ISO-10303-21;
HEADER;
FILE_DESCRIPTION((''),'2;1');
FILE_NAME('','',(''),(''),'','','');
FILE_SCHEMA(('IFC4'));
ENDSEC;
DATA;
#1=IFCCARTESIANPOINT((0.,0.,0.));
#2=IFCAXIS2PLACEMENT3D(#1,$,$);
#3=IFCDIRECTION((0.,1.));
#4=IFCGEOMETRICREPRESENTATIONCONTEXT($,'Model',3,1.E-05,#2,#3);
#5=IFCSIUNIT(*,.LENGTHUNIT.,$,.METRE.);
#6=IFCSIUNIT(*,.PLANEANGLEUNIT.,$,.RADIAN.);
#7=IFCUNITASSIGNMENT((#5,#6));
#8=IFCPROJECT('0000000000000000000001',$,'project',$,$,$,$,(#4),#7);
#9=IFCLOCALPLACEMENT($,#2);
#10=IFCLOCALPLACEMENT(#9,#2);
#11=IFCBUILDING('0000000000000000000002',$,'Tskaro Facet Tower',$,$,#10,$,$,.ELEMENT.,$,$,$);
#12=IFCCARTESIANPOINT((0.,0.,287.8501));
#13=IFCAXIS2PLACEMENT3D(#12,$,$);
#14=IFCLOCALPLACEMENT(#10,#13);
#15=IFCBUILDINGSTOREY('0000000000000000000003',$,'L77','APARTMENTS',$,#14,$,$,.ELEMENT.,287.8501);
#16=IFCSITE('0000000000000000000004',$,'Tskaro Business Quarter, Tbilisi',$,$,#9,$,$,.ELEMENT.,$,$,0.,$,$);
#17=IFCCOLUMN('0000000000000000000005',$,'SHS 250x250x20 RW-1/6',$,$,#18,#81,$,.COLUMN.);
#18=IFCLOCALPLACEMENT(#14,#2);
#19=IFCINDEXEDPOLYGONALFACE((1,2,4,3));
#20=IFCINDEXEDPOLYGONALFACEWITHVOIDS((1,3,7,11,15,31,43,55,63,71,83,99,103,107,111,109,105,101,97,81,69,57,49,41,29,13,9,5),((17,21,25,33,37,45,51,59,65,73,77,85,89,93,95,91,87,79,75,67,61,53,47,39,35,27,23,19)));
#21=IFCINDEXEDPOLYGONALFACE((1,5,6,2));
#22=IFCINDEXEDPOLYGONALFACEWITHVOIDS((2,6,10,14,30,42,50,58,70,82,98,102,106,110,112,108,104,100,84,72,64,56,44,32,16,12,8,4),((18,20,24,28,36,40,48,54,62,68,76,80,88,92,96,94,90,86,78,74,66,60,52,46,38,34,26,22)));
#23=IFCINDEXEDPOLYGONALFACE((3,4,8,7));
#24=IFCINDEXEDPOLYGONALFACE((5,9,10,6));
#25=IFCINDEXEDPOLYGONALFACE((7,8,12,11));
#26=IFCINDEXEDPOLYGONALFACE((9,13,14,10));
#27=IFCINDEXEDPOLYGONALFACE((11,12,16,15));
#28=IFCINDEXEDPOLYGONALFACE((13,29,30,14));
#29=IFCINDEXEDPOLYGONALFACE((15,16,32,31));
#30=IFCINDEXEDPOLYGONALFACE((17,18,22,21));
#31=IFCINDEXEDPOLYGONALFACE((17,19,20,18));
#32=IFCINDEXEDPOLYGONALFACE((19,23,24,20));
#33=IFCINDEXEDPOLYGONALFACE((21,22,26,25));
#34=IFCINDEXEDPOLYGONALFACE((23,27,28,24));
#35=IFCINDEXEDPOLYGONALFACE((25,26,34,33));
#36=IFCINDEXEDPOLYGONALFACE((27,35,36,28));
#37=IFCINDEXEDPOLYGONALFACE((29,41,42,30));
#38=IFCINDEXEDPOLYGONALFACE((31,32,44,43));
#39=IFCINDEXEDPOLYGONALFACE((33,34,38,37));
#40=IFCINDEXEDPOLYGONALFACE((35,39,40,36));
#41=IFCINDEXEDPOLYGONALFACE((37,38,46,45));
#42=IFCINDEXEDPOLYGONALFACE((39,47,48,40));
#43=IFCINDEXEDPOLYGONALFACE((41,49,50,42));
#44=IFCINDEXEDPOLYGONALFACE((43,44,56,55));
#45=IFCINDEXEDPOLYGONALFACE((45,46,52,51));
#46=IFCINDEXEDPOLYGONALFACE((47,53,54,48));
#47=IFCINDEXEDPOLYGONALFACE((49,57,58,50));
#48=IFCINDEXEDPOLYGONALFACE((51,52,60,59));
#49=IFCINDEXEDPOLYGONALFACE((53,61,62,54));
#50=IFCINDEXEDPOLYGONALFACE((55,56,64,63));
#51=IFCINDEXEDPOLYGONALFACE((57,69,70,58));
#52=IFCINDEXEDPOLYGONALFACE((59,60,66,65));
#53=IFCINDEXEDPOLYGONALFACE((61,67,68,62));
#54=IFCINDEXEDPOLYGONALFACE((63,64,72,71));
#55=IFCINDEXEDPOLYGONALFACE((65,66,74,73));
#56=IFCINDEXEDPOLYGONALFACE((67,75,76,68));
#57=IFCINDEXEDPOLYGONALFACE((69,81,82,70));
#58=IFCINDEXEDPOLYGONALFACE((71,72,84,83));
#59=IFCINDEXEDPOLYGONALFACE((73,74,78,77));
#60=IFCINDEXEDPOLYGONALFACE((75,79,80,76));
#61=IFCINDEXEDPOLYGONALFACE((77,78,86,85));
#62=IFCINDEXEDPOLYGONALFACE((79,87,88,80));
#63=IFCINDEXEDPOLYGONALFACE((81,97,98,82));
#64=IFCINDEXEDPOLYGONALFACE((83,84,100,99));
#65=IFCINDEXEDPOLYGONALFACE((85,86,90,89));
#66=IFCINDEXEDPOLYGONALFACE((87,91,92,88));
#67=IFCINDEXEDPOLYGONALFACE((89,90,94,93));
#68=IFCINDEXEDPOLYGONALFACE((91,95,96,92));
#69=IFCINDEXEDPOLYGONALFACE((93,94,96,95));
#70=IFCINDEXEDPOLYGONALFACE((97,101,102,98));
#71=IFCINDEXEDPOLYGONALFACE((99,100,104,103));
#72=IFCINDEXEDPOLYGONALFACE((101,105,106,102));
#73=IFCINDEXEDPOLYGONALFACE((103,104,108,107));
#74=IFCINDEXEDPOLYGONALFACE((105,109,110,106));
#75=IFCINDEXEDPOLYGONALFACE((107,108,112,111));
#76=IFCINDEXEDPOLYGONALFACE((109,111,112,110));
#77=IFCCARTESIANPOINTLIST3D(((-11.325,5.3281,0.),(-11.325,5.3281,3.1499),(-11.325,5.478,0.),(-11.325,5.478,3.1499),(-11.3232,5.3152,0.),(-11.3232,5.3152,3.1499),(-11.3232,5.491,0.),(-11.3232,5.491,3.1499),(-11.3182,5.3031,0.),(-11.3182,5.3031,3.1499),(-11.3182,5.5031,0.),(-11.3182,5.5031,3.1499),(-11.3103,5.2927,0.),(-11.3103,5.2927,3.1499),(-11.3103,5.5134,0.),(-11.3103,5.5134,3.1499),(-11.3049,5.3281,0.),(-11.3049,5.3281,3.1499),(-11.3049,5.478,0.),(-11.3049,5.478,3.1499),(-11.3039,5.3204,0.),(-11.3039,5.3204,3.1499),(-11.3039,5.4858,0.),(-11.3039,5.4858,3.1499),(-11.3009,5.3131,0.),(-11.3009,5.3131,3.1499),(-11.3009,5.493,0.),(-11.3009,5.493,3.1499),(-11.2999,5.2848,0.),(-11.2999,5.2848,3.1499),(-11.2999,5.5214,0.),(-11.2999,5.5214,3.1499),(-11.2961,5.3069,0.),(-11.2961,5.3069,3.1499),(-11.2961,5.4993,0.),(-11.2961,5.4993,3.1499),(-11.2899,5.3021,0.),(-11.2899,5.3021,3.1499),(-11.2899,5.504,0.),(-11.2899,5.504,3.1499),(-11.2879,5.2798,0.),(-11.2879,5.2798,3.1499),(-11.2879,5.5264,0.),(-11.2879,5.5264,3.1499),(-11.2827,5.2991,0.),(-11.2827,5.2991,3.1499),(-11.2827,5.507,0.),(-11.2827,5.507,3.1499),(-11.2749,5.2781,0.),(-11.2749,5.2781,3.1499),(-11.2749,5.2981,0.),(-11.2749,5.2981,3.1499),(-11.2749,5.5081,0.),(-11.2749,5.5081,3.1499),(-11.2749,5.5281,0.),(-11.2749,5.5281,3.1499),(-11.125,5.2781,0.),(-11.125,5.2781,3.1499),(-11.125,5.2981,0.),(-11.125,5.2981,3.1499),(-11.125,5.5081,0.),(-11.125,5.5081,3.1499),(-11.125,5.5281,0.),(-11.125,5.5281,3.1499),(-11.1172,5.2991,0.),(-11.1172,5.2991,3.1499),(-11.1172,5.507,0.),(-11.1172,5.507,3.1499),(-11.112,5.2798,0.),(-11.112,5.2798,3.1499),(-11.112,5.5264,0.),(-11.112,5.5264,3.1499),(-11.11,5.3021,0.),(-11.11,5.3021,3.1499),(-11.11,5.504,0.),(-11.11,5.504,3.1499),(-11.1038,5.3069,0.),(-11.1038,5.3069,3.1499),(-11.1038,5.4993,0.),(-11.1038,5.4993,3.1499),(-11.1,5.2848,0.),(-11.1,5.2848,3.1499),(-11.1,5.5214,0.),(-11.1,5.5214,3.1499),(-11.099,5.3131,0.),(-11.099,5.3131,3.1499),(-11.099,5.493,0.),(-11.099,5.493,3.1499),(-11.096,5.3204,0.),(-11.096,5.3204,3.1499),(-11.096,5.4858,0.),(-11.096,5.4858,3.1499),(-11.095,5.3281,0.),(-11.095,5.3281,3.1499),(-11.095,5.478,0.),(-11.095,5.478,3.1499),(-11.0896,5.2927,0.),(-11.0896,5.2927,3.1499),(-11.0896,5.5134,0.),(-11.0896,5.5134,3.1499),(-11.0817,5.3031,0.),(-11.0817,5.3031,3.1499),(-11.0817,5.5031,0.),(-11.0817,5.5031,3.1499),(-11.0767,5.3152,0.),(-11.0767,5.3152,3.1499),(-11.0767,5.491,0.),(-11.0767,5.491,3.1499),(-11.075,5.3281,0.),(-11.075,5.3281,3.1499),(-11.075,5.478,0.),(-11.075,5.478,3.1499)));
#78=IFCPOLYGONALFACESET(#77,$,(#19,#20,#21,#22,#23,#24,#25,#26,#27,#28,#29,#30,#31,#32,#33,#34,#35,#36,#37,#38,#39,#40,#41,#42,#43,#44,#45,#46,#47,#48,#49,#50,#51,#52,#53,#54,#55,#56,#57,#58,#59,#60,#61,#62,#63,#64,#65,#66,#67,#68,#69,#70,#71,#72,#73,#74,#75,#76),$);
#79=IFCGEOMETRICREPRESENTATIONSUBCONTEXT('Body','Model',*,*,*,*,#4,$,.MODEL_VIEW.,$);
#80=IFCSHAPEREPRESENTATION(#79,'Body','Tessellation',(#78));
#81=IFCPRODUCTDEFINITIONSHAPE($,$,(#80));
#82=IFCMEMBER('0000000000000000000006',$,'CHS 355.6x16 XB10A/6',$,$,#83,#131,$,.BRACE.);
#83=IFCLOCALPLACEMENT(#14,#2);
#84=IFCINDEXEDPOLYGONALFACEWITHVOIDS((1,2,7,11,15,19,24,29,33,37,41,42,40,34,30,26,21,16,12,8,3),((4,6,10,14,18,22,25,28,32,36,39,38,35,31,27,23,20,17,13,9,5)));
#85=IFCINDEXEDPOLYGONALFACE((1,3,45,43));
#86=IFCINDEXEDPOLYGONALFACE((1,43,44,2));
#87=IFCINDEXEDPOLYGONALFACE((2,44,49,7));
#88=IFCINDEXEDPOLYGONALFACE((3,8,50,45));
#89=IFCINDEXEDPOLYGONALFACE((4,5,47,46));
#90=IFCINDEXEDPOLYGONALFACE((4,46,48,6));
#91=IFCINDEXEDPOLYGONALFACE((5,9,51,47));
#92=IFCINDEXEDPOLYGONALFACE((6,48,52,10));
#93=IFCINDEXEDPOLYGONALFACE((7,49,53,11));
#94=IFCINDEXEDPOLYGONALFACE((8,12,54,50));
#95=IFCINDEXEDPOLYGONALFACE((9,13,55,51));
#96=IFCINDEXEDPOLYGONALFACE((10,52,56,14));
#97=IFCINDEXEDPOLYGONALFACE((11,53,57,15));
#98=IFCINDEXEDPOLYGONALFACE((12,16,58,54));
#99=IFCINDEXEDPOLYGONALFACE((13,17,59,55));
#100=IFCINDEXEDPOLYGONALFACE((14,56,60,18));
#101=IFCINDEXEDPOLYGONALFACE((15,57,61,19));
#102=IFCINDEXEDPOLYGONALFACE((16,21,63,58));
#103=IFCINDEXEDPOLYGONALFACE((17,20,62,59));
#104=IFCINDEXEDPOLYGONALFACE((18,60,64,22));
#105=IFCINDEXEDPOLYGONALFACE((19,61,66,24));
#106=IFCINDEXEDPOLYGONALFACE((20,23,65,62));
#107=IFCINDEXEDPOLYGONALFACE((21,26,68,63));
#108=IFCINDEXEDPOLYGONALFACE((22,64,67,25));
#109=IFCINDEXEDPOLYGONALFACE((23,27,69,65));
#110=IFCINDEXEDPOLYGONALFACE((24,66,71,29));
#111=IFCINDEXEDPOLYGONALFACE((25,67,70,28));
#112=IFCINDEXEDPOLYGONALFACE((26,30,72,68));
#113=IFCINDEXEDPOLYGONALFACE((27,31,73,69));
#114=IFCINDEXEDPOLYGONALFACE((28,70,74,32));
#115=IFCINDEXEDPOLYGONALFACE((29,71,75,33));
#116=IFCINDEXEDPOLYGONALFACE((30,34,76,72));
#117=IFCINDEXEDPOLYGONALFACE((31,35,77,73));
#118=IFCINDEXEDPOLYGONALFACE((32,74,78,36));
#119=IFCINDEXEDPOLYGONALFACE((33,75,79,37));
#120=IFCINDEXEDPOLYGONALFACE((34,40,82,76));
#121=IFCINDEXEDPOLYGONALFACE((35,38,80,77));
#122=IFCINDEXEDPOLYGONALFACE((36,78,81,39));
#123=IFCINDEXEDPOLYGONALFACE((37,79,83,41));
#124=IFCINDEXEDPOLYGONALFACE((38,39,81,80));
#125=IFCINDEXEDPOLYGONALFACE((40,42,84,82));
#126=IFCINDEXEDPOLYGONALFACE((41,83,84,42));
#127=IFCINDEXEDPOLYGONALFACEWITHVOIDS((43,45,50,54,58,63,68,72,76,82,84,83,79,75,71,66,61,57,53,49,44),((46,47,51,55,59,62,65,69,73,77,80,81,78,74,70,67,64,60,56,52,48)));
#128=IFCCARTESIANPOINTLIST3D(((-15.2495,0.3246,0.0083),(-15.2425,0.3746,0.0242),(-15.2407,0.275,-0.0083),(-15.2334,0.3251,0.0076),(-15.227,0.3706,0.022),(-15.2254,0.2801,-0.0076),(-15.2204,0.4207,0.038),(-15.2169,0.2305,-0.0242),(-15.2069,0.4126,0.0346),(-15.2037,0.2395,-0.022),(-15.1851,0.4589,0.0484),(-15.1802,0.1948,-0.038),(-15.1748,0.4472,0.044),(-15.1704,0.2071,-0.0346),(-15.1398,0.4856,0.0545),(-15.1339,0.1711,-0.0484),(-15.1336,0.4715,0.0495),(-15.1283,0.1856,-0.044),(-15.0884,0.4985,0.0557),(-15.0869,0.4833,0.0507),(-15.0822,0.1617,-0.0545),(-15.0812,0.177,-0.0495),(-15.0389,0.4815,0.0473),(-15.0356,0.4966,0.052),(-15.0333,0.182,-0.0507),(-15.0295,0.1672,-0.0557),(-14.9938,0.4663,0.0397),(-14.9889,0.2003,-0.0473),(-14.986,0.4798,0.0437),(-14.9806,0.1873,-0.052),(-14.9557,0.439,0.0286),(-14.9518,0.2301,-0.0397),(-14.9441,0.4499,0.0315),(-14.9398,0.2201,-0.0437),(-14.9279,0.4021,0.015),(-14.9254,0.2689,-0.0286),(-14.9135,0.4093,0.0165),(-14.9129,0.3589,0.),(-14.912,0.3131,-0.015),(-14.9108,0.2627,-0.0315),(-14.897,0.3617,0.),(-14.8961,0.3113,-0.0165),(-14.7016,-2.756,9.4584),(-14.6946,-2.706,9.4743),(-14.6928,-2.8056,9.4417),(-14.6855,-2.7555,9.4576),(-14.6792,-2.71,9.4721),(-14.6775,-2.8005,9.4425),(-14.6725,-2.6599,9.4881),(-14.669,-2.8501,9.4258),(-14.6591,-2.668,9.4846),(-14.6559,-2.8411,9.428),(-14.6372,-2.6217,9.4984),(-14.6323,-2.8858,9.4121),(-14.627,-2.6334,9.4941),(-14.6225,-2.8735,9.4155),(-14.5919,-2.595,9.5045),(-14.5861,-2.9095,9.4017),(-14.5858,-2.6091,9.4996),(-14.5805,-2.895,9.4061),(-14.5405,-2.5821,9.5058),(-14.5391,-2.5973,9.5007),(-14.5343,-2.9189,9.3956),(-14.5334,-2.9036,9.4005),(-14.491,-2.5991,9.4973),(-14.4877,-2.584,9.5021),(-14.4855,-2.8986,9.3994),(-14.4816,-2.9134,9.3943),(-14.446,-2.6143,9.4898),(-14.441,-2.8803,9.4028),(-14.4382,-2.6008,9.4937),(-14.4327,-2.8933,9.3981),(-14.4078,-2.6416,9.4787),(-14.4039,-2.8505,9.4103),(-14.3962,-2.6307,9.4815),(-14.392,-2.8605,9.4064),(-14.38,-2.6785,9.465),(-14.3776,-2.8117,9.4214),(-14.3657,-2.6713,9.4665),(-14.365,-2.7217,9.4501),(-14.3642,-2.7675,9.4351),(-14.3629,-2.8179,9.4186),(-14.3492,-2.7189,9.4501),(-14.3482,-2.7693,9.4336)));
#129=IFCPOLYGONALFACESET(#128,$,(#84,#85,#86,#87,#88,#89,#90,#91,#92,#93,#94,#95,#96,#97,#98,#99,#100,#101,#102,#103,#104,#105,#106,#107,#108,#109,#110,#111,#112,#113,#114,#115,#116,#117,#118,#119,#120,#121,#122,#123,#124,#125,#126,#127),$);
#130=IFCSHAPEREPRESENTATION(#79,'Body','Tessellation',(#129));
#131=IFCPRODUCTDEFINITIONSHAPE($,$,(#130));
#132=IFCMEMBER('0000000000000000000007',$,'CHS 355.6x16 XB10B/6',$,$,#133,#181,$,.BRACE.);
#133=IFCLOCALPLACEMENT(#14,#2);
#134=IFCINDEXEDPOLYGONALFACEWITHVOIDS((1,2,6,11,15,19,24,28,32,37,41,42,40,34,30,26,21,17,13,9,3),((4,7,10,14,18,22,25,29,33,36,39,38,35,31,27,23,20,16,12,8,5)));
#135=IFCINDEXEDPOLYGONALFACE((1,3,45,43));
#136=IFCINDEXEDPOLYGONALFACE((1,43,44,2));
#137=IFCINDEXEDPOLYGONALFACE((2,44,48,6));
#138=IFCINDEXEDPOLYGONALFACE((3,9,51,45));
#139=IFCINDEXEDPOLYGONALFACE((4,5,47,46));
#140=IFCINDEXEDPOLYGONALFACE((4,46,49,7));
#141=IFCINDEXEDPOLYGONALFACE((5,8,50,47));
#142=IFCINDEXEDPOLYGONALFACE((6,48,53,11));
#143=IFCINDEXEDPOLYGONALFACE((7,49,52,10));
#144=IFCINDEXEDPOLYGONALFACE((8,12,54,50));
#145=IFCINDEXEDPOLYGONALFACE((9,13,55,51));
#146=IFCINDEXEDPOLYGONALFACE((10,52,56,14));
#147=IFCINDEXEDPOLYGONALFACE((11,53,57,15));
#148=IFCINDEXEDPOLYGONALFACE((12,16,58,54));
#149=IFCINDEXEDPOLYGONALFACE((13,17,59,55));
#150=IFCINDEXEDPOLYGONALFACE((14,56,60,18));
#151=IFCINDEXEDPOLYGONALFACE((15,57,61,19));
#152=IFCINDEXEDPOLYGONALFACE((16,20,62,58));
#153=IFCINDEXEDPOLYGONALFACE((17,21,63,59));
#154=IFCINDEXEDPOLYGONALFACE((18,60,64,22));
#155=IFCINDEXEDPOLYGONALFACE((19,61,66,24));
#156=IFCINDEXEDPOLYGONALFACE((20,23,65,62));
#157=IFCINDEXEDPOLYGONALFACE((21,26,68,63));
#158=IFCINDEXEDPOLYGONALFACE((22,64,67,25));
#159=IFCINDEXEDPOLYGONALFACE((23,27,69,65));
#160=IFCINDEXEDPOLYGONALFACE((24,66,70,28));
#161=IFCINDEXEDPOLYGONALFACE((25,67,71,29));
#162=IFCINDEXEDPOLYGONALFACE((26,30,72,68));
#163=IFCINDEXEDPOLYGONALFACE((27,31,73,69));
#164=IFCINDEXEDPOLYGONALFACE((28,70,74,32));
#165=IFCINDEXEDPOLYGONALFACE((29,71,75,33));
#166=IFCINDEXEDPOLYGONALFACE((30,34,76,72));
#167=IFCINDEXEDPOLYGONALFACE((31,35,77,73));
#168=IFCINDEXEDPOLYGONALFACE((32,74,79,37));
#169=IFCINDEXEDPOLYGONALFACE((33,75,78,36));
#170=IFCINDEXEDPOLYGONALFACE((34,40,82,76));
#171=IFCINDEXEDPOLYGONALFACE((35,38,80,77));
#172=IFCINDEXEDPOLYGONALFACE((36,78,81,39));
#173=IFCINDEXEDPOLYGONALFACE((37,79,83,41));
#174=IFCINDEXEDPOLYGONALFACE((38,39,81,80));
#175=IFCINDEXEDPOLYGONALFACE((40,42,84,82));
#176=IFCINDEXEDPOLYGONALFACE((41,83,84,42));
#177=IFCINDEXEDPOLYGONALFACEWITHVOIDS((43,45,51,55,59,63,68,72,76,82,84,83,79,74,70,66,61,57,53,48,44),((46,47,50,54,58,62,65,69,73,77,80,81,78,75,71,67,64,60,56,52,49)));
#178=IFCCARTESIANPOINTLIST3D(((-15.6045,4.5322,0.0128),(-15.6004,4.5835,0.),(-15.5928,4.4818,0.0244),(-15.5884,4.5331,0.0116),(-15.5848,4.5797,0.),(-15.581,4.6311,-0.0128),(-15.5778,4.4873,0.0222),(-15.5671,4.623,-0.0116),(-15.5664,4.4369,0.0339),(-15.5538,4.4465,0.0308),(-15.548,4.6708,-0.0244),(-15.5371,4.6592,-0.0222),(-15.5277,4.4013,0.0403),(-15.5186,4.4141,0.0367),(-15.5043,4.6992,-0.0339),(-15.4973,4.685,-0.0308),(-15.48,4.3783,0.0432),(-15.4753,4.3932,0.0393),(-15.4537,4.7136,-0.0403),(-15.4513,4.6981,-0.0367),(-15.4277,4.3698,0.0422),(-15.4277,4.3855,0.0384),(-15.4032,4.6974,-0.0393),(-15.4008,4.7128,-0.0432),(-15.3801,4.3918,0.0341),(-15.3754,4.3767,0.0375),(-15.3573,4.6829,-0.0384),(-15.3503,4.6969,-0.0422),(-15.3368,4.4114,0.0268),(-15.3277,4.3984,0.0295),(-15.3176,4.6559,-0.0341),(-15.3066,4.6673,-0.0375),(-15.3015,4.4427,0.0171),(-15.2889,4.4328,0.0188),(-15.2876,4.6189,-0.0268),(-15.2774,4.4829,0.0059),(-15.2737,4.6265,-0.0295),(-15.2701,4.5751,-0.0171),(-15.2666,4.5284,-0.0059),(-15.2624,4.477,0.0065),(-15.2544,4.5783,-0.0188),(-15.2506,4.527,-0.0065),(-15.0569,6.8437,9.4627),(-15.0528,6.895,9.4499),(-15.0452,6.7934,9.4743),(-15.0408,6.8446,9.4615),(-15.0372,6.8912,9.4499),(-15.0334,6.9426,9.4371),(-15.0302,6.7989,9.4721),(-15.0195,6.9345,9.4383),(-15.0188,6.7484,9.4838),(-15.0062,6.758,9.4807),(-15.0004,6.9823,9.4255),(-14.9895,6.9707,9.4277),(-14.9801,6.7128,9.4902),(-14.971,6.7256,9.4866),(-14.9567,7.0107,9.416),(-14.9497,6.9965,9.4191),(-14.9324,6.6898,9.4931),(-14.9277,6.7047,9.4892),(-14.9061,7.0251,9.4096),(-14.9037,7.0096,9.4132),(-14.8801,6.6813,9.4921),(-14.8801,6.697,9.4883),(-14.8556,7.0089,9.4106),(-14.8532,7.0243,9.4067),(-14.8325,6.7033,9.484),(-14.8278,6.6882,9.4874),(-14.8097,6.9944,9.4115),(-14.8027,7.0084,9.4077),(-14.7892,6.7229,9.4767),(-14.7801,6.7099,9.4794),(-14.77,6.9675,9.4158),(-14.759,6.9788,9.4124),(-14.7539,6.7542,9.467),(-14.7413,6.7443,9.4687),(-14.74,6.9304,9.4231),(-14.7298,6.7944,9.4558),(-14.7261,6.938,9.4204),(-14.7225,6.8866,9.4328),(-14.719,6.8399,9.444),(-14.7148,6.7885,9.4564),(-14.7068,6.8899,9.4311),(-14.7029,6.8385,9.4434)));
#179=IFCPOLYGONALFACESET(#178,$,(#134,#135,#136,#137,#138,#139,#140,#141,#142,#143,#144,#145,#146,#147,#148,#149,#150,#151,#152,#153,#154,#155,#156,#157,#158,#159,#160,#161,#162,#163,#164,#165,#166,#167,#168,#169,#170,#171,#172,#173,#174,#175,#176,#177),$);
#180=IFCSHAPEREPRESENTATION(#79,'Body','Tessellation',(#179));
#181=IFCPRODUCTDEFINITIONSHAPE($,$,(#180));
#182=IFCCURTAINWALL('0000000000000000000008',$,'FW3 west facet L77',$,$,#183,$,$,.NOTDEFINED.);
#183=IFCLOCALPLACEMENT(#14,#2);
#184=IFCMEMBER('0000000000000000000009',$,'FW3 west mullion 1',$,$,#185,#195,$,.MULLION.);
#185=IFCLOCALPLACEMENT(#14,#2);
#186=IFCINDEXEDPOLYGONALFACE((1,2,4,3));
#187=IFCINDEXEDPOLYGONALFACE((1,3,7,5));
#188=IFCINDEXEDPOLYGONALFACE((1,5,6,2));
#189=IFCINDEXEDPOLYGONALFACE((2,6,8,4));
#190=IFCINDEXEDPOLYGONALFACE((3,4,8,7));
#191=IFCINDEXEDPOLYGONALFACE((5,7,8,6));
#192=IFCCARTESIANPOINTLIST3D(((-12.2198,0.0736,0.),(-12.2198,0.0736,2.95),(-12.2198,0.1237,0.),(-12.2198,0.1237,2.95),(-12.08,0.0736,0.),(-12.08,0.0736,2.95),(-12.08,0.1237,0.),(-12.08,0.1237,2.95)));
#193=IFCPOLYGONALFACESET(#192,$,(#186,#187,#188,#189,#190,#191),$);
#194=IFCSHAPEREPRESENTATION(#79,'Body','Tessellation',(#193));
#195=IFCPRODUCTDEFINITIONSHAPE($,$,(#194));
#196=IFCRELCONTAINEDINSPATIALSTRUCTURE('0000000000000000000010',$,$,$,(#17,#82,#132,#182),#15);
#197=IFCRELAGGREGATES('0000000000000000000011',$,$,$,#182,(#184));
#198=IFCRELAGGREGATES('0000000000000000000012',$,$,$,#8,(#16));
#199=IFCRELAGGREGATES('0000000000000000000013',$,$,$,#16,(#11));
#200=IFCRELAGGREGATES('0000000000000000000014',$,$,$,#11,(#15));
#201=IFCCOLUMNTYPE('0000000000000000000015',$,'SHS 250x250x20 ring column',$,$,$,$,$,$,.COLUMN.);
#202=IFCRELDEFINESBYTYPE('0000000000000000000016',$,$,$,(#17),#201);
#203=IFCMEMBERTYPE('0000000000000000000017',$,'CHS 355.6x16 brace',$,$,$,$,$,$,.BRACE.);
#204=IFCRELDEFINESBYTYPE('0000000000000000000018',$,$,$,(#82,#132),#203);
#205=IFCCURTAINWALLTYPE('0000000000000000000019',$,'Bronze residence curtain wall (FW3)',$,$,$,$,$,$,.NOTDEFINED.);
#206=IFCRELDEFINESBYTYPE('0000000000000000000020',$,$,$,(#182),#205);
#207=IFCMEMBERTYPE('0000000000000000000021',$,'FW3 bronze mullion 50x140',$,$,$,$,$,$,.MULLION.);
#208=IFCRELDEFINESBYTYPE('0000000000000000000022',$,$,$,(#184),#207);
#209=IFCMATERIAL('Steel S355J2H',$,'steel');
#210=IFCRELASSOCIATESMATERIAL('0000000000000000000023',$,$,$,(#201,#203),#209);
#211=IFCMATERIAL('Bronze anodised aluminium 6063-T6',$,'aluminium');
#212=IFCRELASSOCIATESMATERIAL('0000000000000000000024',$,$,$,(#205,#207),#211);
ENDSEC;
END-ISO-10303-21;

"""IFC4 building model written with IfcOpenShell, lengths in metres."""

from ifc_helpers import new_model, si_unit, direction, frame, origin, origin_2d, place, context, subcontext, project, spatial, rectangle, hollow_rectangle, hollow_circle, extrude, material, material_profile, profile_set, type_object, element, aggregate, save


model = new_model("IFC4")

# Units and contexts
model_context = context("Model", 3, precision=1e-05, world=origin(), true_north=direction((0.0, 1.0)))
body_context = subcontext(model_context, "Body", "Model", "MODEL_VIEW")
ifc_project = project(units=[si_unit("LENGTHUNIT", "METRE"), si_unit("PLANEANGLEUNIT", "RADIAN")], contexts=[model_context])

# Site, building, storey
site_placement = place(None, origin())
site = spatial("IfcSite", under=ifc_project, at=site_placement, Name="Tskaro Business Quarter, Tbilisi", CompositionType="ELEMENT", RefElevation=0.0)
building_placement = place(site_placement, origin())
building = spatial("IfcBuilding", under=site, at=building_placement, Name="Tskaro Facet Tower", CompositionType="ELEMENT")
storey_placement = place(building_placement, frame((0.0, 0.0, 287.8501)))
storey = spatial("IfcBuildingStorey", under=building, at=storey_placement, Name="L77", Description="APARTMENTS", CompositionType="ELEMENT", Elevation=287.8501)

# Column
ifc_material_1 = material(Name="Steel S355J2H", Category="steel")
ifc_material_profile_1 = material_profile(ifc_material_1, hollow_rectangle(XDim=0.25, YDim=0.25, WallThickness=0.02, InnerFilletRadius=0.03, OuterFilletRadius=0.05, at=origin_2d()), Name="SHS 250x250x20")
ifc_profile_set_1 = profile_set([ifc_material_profile_1], Name="Steel S355J2H")
column_type = type_object("IfcColumnType", Name="SHS 250x250x20 ring column", PredefinedType="COLUMN", material=ifc_profile_set_1)
column_placement = place(storey_placement, frame((-11.2, 5.4031, 0.0), z_axis=(0.0, 0.0, 1.0), x_axis=(1.0, 0.0, 0.0)))
element("IfcColumn", 1, at=column_placement, inside=storey, type_object=column_type, Name="SHS 250x250x20 RW-1/6", PredefinedType="COLUMN", context=body_context, shape_type="SweptSolid", body=[
    extrude(hollow_rectangle(XDim=0.25, YDim=0.25, WallThickness=0.02, InnerFilletRadius=0.03, OuterFilletRadius=0.05, at=origin_2d()), origin(), (0.0, 0.0, 1.0), 3.1499),
])

# Members
ifc_material_profile_2 = material_profile(ifc_material_1, hollow_circle(Radius=0.1777, WallThickness=0.0161, at=origin_2d()), Name="CHS 355.6x16")
ifc_profile_set_2 = profile_set([ifc_material_profile_2], Name="Steel S355J2H")
member_type_1 = type_object("IfcMemberType", Name="CHS 355.6x16 brace", PredefinedType="BRACE", material=ifc_profile_set_2)
member_1_placement = place(storey_placement, frame((-15.072, 0.3306, 0.0), z_axis=(0.055036, -0.309465, 0.949317), x_axis=(0.984552, 0.175094, 0.0)))
element("IfcMember", 2, at=member_1_placement, inside=storey, type_object=member_type_1, Name="CHS 355.6x16 XB10A/6", PredefinedType="BRACE", context=body_context, shape_type="SweptSolid", body=[
    extrude(hollow_circle(Radius=0.1777, WallThickness=0.0161, at=origin_2d()), origin(), (0.0, 0.0, 1.0), 9.9546),
])
member_2_placement = place(storey_placement, frame((-15.4275, 4.5425, 0.0), z_axis=(0.0562, 0.237226, 0.969827), x_axis=(-0.973067, 0.230523, 0.0)))
element("IfcMember", 3, at=member_2_placement, inside=storey, type_object=member_type_1, Name="CHS 355.6x16 XB10B/6", PredefinedType="BRACE", context=body_context, shape_type="SweptSolid", body=[
    extrude(hollow_circle(Radius=0.1777, WallThickness=0.0161, at=origin_2d()), origin(), (0.0, 0.0, 1.0), 9.7439),
])

# Curtain wall, member
ifc_material_2 = material(Name="Bronze anodised aluminium 6063-T6", Category="aluminium")
curtain_wall_type = type_object("IfcCurtainWallType", Name="Bronze residence curtain wall (FW3)", PredefinedType="NOTDEFINED", material=ifc_material_2)
curtain_wall_placement = place(storey_placement, origin())
curtain_wall = element("IfcCurtainWall", 4, at=curtain_wall_placement, inside=storey, type_object=curtain_wall_type, Name="FW3 west facet L77", PredefinedType="NOTDEFINED")
ifc_material_profile_3 = material_profile(ifc_material_2, rectangle(XDim=0.05, YDim=0.1399, at=origin_2d()), Name="Mullion 50x140")
ifc_profile_set_3 = profile_set([ifc_material_profile_3], Name="Bronze anodised aluminium 6063-T6")
member_type_2 = type_object("IfcMemberType", Name="FW3 bronze mullion 50x140", PredefinedType="MULLION", material=ifc_profile_set_3)
member_3_placement = place(storey_placement, frame((-12.1499, 0.0986, 0.0), z_axis=(0.0, 0.0, 1.0), x_axis=(0.0, -1.0, 0.0)))
member_3 = element("IfcMember", 5, at=member_3_placement, type_object=member_type_2, Name="FW3 west mullion 1", PredefinedType="MULLION", context=body_context, shape_type="SweptSolid", body=[
    extrude(rectangle(XDim=0.05, YDim=0.1399, at=origin_2d()), origin(), (0.0, 0.0, 1.0), 2.95),
])

aggregate(curtain_wall, [member_3])

save(model, "model.ifc")
